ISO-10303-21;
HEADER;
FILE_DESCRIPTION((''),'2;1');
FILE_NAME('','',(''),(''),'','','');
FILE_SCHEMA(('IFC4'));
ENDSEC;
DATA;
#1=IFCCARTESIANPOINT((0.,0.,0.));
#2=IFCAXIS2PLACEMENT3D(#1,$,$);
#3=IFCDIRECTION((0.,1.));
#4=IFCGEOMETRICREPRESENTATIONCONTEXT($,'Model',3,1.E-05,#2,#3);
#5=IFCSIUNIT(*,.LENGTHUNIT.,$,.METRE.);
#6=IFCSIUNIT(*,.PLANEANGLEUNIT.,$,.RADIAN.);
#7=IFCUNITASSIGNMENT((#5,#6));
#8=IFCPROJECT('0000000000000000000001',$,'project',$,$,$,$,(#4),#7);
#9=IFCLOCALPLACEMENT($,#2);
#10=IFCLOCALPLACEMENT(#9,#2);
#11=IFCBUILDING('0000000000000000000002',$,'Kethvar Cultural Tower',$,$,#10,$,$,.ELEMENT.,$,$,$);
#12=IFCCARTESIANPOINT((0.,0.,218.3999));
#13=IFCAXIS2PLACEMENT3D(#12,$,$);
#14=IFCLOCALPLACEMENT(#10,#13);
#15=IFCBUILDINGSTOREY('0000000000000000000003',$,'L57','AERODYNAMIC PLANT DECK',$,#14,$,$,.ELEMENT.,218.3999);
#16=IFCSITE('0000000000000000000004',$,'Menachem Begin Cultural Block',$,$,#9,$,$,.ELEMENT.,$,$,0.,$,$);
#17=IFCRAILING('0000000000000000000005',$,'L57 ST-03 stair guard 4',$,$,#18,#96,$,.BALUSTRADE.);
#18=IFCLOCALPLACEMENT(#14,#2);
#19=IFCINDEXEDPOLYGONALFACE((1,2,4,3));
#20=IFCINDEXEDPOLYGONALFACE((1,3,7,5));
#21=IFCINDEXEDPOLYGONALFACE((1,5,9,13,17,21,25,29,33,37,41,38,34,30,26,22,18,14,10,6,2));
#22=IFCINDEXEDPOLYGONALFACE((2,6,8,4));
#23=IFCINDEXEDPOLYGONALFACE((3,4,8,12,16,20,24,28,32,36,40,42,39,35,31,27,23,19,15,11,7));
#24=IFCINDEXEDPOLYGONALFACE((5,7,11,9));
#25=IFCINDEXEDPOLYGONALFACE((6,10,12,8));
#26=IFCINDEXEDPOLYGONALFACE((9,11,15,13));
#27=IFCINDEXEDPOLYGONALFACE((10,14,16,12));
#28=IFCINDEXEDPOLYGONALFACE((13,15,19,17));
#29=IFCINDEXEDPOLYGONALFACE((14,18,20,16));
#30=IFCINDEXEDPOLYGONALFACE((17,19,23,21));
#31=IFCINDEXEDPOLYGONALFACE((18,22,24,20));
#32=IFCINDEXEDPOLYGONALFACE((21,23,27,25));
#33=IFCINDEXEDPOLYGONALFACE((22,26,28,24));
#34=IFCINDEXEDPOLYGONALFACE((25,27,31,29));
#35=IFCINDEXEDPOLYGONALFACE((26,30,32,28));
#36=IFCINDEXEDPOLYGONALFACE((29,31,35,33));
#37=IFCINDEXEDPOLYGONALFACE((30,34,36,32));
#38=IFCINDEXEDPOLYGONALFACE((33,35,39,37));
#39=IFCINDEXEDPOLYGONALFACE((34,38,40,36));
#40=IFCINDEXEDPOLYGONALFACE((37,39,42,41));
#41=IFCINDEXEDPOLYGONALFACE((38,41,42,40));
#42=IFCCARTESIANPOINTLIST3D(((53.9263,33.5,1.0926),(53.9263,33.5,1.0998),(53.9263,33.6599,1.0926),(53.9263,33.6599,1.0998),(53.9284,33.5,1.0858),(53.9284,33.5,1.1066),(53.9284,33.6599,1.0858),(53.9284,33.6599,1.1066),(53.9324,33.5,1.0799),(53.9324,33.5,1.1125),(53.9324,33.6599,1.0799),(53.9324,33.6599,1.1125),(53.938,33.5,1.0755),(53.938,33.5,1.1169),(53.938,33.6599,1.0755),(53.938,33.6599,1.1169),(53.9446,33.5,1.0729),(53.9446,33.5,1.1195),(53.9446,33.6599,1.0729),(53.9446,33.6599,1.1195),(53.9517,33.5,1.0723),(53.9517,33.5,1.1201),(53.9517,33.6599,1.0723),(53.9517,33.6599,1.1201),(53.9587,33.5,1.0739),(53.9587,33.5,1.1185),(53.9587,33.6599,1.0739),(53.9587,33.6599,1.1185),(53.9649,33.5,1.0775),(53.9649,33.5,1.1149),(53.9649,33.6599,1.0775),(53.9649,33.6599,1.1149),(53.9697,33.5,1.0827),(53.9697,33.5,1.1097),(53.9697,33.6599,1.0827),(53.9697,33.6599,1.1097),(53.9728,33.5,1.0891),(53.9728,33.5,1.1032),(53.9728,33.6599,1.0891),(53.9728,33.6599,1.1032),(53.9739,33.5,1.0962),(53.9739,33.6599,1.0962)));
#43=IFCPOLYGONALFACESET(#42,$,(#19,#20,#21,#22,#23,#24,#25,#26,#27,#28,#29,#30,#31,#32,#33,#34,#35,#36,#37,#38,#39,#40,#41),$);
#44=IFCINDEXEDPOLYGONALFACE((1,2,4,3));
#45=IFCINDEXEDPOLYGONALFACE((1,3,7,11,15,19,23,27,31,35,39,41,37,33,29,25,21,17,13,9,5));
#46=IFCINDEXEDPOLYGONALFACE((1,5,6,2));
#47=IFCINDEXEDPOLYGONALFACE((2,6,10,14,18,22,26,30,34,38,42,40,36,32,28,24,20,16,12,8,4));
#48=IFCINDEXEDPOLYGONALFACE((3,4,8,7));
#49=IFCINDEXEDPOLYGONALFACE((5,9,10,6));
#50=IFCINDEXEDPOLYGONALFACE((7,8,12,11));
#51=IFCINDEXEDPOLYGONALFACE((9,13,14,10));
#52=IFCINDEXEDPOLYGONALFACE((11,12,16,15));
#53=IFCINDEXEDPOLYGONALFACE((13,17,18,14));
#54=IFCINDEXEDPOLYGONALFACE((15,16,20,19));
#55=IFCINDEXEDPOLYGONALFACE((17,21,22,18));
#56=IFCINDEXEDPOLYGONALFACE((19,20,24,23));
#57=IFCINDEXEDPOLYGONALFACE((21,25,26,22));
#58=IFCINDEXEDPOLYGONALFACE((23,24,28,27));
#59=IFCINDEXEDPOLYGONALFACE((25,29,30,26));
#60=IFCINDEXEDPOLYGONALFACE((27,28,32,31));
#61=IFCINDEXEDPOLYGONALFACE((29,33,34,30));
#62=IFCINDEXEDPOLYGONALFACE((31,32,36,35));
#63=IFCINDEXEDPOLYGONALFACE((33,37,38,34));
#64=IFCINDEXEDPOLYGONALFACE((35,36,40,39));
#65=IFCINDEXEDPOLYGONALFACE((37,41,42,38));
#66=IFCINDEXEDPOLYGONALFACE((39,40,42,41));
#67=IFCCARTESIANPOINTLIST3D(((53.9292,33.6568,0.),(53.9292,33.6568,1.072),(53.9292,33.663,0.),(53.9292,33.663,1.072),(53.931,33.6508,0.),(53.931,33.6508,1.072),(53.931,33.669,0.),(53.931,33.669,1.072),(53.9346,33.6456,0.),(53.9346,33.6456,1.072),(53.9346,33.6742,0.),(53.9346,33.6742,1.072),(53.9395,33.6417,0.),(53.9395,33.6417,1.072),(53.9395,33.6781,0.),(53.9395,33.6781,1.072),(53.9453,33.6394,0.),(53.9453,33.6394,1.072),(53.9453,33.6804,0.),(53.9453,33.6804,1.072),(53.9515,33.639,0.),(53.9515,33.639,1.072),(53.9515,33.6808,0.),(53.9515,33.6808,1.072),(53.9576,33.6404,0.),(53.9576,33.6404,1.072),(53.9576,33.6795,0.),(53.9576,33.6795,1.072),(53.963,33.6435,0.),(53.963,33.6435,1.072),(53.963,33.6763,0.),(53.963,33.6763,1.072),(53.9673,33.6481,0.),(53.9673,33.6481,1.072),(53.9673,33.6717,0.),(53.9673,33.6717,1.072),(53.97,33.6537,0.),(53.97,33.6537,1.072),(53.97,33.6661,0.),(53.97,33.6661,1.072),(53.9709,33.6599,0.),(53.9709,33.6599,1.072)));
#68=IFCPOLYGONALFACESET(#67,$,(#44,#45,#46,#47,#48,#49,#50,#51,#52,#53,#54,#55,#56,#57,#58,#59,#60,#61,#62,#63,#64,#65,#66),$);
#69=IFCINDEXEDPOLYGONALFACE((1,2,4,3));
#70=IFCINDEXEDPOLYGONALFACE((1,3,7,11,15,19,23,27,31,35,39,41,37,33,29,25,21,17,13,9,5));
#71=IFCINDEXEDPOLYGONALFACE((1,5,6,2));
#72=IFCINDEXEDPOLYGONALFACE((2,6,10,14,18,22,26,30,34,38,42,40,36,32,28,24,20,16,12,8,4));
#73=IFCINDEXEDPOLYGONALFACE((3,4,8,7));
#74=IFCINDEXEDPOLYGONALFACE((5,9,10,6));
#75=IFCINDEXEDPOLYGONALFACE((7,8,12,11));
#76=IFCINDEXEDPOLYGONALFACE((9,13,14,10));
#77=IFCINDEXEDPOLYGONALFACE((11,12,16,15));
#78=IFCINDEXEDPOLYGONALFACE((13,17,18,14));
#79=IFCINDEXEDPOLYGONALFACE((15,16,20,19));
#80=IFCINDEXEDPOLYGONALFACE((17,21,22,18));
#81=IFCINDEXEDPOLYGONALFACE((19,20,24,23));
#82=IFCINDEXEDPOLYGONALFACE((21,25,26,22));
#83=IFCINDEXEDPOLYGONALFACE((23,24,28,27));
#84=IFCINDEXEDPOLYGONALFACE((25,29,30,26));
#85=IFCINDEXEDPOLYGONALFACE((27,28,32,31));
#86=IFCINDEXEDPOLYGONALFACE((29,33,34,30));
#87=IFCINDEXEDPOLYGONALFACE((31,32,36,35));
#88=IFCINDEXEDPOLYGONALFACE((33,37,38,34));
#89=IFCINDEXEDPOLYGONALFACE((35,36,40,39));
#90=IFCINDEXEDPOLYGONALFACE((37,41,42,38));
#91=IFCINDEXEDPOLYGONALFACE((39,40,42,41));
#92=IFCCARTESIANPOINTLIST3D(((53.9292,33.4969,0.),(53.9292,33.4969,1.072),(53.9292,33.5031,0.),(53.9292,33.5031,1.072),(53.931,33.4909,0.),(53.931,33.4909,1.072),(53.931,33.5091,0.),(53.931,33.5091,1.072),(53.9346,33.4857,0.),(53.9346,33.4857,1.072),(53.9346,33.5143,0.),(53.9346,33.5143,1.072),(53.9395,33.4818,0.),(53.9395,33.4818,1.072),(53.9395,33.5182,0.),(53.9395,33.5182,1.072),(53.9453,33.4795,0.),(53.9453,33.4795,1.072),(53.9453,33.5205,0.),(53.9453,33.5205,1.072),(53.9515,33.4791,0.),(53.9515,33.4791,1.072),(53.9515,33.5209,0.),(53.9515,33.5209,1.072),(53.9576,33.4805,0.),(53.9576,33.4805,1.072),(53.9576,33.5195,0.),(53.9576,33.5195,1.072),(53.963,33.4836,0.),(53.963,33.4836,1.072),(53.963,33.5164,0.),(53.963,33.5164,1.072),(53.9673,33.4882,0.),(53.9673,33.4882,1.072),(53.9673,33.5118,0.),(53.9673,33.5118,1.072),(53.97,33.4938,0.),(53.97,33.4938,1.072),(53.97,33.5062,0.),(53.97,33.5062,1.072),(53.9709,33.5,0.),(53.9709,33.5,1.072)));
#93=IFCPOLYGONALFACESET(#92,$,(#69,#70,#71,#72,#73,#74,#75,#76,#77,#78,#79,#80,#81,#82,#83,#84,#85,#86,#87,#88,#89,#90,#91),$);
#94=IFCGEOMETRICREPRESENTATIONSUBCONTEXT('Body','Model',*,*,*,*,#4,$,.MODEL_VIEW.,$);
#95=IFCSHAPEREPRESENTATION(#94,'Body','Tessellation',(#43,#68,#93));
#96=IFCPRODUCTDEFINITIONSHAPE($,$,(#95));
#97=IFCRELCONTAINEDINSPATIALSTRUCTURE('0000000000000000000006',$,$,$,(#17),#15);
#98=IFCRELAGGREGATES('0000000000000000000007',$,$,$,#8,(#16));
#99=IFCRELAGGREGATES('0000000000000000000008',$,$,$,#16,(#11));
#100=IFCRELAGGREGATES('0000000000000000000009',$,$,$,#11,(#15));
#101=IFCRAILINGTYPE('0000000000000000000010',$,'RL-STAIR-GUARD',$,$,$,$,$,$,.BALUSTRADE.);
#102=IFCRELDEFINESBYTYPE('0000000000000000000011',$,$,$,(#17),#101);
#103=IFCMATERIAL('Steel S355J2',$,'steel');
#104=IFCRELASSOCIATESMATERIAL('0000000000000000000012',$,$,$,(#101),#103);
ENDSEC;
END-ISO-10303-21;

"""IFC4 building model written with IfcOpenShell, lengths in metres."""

from ifc_helpers import new_model, si_unit, direction, frame, origin, origin_2d, place, context, subcontext, project, spatial, circle, extrude, material, type_object, element, save


model = new_model("IFC4")

# Units and contexts
model_context = context("Model", 3, precision=1e-05, world=origin(), true_north=direction((0.0, 1.0)))
body_context = subcontext(model_context, "Body", "Model", "MODEL_VIEW")
ifc_project = project(units=[si_unit("LENGTHUNIT", "METRE"), si_unit("PLANEANGLEUNIT", "RADIAN")], contexts=[model_context])

# Site, building, storey
site_placement = place(None, origin())
site = spatial("IfcSite", under=ifc_project, at=site_placement, Name="Menachem Begin Cultural Block", CompositionType="ELEMENT", RefElevation=0.0)
building_placement = place(site_placement, origin())
building = spatial("IfcBuilding", under=site, at=building_placement, Name="Kethvar Cultural Tower", CompositionType="ELEMENT")
storey_placement = place(building_placement, frame((0.0, 0.0, 218.3999)))
storey = spatial("IfcBuildingStorey", under=building, at=storey_placement, Name="L57", Description="AERODYNAMIC PLANT DECK", CompositionType="ELEMENT", Elevation=218.3999)

# Shared definitions
ifc_material_1 = material(Name="Steel S355J2", Category="steel")

# Railing
railing_type_1 = type_object("IfcRailingType", Name="RL-STAIR-GUARD", PredefinedType="BALUSTRADE", material=ifc_material_1)
railing_1_placement = place(storey_placement, frame((53.95, 33.6599, 0.0)))
element("IfcRailing", 1, at=railing_1_placement, inside=storey, type_object=railing_type_1, Name="L57 ST-03 stair guard 4", PredefinedType="BALUSTRADE", context=body_context, shape_type="SweptSolid", body=[
    extrude(circle(Radius=0.0239, at=origin_2d()), frame((0.0, 0.0, 1.0962), z_axis=(0.0, -1.0, 0.0), x_axis=(1.0, 0.0, 0.0)), (0.0, 0.0, 1.0), 0.1599),
    extrude(circle(Radius=0.021, at=origin_2d()), origin(), (0.0, 0.0, 1.0), 1.072),
    extrude(circle(Radius=0.021, at=origin_2d()), frame((0.0, -0.1599, 0.0)), (0.0, 0.0, 1.0), 1.072),
])

save(model, "model.ifc")
